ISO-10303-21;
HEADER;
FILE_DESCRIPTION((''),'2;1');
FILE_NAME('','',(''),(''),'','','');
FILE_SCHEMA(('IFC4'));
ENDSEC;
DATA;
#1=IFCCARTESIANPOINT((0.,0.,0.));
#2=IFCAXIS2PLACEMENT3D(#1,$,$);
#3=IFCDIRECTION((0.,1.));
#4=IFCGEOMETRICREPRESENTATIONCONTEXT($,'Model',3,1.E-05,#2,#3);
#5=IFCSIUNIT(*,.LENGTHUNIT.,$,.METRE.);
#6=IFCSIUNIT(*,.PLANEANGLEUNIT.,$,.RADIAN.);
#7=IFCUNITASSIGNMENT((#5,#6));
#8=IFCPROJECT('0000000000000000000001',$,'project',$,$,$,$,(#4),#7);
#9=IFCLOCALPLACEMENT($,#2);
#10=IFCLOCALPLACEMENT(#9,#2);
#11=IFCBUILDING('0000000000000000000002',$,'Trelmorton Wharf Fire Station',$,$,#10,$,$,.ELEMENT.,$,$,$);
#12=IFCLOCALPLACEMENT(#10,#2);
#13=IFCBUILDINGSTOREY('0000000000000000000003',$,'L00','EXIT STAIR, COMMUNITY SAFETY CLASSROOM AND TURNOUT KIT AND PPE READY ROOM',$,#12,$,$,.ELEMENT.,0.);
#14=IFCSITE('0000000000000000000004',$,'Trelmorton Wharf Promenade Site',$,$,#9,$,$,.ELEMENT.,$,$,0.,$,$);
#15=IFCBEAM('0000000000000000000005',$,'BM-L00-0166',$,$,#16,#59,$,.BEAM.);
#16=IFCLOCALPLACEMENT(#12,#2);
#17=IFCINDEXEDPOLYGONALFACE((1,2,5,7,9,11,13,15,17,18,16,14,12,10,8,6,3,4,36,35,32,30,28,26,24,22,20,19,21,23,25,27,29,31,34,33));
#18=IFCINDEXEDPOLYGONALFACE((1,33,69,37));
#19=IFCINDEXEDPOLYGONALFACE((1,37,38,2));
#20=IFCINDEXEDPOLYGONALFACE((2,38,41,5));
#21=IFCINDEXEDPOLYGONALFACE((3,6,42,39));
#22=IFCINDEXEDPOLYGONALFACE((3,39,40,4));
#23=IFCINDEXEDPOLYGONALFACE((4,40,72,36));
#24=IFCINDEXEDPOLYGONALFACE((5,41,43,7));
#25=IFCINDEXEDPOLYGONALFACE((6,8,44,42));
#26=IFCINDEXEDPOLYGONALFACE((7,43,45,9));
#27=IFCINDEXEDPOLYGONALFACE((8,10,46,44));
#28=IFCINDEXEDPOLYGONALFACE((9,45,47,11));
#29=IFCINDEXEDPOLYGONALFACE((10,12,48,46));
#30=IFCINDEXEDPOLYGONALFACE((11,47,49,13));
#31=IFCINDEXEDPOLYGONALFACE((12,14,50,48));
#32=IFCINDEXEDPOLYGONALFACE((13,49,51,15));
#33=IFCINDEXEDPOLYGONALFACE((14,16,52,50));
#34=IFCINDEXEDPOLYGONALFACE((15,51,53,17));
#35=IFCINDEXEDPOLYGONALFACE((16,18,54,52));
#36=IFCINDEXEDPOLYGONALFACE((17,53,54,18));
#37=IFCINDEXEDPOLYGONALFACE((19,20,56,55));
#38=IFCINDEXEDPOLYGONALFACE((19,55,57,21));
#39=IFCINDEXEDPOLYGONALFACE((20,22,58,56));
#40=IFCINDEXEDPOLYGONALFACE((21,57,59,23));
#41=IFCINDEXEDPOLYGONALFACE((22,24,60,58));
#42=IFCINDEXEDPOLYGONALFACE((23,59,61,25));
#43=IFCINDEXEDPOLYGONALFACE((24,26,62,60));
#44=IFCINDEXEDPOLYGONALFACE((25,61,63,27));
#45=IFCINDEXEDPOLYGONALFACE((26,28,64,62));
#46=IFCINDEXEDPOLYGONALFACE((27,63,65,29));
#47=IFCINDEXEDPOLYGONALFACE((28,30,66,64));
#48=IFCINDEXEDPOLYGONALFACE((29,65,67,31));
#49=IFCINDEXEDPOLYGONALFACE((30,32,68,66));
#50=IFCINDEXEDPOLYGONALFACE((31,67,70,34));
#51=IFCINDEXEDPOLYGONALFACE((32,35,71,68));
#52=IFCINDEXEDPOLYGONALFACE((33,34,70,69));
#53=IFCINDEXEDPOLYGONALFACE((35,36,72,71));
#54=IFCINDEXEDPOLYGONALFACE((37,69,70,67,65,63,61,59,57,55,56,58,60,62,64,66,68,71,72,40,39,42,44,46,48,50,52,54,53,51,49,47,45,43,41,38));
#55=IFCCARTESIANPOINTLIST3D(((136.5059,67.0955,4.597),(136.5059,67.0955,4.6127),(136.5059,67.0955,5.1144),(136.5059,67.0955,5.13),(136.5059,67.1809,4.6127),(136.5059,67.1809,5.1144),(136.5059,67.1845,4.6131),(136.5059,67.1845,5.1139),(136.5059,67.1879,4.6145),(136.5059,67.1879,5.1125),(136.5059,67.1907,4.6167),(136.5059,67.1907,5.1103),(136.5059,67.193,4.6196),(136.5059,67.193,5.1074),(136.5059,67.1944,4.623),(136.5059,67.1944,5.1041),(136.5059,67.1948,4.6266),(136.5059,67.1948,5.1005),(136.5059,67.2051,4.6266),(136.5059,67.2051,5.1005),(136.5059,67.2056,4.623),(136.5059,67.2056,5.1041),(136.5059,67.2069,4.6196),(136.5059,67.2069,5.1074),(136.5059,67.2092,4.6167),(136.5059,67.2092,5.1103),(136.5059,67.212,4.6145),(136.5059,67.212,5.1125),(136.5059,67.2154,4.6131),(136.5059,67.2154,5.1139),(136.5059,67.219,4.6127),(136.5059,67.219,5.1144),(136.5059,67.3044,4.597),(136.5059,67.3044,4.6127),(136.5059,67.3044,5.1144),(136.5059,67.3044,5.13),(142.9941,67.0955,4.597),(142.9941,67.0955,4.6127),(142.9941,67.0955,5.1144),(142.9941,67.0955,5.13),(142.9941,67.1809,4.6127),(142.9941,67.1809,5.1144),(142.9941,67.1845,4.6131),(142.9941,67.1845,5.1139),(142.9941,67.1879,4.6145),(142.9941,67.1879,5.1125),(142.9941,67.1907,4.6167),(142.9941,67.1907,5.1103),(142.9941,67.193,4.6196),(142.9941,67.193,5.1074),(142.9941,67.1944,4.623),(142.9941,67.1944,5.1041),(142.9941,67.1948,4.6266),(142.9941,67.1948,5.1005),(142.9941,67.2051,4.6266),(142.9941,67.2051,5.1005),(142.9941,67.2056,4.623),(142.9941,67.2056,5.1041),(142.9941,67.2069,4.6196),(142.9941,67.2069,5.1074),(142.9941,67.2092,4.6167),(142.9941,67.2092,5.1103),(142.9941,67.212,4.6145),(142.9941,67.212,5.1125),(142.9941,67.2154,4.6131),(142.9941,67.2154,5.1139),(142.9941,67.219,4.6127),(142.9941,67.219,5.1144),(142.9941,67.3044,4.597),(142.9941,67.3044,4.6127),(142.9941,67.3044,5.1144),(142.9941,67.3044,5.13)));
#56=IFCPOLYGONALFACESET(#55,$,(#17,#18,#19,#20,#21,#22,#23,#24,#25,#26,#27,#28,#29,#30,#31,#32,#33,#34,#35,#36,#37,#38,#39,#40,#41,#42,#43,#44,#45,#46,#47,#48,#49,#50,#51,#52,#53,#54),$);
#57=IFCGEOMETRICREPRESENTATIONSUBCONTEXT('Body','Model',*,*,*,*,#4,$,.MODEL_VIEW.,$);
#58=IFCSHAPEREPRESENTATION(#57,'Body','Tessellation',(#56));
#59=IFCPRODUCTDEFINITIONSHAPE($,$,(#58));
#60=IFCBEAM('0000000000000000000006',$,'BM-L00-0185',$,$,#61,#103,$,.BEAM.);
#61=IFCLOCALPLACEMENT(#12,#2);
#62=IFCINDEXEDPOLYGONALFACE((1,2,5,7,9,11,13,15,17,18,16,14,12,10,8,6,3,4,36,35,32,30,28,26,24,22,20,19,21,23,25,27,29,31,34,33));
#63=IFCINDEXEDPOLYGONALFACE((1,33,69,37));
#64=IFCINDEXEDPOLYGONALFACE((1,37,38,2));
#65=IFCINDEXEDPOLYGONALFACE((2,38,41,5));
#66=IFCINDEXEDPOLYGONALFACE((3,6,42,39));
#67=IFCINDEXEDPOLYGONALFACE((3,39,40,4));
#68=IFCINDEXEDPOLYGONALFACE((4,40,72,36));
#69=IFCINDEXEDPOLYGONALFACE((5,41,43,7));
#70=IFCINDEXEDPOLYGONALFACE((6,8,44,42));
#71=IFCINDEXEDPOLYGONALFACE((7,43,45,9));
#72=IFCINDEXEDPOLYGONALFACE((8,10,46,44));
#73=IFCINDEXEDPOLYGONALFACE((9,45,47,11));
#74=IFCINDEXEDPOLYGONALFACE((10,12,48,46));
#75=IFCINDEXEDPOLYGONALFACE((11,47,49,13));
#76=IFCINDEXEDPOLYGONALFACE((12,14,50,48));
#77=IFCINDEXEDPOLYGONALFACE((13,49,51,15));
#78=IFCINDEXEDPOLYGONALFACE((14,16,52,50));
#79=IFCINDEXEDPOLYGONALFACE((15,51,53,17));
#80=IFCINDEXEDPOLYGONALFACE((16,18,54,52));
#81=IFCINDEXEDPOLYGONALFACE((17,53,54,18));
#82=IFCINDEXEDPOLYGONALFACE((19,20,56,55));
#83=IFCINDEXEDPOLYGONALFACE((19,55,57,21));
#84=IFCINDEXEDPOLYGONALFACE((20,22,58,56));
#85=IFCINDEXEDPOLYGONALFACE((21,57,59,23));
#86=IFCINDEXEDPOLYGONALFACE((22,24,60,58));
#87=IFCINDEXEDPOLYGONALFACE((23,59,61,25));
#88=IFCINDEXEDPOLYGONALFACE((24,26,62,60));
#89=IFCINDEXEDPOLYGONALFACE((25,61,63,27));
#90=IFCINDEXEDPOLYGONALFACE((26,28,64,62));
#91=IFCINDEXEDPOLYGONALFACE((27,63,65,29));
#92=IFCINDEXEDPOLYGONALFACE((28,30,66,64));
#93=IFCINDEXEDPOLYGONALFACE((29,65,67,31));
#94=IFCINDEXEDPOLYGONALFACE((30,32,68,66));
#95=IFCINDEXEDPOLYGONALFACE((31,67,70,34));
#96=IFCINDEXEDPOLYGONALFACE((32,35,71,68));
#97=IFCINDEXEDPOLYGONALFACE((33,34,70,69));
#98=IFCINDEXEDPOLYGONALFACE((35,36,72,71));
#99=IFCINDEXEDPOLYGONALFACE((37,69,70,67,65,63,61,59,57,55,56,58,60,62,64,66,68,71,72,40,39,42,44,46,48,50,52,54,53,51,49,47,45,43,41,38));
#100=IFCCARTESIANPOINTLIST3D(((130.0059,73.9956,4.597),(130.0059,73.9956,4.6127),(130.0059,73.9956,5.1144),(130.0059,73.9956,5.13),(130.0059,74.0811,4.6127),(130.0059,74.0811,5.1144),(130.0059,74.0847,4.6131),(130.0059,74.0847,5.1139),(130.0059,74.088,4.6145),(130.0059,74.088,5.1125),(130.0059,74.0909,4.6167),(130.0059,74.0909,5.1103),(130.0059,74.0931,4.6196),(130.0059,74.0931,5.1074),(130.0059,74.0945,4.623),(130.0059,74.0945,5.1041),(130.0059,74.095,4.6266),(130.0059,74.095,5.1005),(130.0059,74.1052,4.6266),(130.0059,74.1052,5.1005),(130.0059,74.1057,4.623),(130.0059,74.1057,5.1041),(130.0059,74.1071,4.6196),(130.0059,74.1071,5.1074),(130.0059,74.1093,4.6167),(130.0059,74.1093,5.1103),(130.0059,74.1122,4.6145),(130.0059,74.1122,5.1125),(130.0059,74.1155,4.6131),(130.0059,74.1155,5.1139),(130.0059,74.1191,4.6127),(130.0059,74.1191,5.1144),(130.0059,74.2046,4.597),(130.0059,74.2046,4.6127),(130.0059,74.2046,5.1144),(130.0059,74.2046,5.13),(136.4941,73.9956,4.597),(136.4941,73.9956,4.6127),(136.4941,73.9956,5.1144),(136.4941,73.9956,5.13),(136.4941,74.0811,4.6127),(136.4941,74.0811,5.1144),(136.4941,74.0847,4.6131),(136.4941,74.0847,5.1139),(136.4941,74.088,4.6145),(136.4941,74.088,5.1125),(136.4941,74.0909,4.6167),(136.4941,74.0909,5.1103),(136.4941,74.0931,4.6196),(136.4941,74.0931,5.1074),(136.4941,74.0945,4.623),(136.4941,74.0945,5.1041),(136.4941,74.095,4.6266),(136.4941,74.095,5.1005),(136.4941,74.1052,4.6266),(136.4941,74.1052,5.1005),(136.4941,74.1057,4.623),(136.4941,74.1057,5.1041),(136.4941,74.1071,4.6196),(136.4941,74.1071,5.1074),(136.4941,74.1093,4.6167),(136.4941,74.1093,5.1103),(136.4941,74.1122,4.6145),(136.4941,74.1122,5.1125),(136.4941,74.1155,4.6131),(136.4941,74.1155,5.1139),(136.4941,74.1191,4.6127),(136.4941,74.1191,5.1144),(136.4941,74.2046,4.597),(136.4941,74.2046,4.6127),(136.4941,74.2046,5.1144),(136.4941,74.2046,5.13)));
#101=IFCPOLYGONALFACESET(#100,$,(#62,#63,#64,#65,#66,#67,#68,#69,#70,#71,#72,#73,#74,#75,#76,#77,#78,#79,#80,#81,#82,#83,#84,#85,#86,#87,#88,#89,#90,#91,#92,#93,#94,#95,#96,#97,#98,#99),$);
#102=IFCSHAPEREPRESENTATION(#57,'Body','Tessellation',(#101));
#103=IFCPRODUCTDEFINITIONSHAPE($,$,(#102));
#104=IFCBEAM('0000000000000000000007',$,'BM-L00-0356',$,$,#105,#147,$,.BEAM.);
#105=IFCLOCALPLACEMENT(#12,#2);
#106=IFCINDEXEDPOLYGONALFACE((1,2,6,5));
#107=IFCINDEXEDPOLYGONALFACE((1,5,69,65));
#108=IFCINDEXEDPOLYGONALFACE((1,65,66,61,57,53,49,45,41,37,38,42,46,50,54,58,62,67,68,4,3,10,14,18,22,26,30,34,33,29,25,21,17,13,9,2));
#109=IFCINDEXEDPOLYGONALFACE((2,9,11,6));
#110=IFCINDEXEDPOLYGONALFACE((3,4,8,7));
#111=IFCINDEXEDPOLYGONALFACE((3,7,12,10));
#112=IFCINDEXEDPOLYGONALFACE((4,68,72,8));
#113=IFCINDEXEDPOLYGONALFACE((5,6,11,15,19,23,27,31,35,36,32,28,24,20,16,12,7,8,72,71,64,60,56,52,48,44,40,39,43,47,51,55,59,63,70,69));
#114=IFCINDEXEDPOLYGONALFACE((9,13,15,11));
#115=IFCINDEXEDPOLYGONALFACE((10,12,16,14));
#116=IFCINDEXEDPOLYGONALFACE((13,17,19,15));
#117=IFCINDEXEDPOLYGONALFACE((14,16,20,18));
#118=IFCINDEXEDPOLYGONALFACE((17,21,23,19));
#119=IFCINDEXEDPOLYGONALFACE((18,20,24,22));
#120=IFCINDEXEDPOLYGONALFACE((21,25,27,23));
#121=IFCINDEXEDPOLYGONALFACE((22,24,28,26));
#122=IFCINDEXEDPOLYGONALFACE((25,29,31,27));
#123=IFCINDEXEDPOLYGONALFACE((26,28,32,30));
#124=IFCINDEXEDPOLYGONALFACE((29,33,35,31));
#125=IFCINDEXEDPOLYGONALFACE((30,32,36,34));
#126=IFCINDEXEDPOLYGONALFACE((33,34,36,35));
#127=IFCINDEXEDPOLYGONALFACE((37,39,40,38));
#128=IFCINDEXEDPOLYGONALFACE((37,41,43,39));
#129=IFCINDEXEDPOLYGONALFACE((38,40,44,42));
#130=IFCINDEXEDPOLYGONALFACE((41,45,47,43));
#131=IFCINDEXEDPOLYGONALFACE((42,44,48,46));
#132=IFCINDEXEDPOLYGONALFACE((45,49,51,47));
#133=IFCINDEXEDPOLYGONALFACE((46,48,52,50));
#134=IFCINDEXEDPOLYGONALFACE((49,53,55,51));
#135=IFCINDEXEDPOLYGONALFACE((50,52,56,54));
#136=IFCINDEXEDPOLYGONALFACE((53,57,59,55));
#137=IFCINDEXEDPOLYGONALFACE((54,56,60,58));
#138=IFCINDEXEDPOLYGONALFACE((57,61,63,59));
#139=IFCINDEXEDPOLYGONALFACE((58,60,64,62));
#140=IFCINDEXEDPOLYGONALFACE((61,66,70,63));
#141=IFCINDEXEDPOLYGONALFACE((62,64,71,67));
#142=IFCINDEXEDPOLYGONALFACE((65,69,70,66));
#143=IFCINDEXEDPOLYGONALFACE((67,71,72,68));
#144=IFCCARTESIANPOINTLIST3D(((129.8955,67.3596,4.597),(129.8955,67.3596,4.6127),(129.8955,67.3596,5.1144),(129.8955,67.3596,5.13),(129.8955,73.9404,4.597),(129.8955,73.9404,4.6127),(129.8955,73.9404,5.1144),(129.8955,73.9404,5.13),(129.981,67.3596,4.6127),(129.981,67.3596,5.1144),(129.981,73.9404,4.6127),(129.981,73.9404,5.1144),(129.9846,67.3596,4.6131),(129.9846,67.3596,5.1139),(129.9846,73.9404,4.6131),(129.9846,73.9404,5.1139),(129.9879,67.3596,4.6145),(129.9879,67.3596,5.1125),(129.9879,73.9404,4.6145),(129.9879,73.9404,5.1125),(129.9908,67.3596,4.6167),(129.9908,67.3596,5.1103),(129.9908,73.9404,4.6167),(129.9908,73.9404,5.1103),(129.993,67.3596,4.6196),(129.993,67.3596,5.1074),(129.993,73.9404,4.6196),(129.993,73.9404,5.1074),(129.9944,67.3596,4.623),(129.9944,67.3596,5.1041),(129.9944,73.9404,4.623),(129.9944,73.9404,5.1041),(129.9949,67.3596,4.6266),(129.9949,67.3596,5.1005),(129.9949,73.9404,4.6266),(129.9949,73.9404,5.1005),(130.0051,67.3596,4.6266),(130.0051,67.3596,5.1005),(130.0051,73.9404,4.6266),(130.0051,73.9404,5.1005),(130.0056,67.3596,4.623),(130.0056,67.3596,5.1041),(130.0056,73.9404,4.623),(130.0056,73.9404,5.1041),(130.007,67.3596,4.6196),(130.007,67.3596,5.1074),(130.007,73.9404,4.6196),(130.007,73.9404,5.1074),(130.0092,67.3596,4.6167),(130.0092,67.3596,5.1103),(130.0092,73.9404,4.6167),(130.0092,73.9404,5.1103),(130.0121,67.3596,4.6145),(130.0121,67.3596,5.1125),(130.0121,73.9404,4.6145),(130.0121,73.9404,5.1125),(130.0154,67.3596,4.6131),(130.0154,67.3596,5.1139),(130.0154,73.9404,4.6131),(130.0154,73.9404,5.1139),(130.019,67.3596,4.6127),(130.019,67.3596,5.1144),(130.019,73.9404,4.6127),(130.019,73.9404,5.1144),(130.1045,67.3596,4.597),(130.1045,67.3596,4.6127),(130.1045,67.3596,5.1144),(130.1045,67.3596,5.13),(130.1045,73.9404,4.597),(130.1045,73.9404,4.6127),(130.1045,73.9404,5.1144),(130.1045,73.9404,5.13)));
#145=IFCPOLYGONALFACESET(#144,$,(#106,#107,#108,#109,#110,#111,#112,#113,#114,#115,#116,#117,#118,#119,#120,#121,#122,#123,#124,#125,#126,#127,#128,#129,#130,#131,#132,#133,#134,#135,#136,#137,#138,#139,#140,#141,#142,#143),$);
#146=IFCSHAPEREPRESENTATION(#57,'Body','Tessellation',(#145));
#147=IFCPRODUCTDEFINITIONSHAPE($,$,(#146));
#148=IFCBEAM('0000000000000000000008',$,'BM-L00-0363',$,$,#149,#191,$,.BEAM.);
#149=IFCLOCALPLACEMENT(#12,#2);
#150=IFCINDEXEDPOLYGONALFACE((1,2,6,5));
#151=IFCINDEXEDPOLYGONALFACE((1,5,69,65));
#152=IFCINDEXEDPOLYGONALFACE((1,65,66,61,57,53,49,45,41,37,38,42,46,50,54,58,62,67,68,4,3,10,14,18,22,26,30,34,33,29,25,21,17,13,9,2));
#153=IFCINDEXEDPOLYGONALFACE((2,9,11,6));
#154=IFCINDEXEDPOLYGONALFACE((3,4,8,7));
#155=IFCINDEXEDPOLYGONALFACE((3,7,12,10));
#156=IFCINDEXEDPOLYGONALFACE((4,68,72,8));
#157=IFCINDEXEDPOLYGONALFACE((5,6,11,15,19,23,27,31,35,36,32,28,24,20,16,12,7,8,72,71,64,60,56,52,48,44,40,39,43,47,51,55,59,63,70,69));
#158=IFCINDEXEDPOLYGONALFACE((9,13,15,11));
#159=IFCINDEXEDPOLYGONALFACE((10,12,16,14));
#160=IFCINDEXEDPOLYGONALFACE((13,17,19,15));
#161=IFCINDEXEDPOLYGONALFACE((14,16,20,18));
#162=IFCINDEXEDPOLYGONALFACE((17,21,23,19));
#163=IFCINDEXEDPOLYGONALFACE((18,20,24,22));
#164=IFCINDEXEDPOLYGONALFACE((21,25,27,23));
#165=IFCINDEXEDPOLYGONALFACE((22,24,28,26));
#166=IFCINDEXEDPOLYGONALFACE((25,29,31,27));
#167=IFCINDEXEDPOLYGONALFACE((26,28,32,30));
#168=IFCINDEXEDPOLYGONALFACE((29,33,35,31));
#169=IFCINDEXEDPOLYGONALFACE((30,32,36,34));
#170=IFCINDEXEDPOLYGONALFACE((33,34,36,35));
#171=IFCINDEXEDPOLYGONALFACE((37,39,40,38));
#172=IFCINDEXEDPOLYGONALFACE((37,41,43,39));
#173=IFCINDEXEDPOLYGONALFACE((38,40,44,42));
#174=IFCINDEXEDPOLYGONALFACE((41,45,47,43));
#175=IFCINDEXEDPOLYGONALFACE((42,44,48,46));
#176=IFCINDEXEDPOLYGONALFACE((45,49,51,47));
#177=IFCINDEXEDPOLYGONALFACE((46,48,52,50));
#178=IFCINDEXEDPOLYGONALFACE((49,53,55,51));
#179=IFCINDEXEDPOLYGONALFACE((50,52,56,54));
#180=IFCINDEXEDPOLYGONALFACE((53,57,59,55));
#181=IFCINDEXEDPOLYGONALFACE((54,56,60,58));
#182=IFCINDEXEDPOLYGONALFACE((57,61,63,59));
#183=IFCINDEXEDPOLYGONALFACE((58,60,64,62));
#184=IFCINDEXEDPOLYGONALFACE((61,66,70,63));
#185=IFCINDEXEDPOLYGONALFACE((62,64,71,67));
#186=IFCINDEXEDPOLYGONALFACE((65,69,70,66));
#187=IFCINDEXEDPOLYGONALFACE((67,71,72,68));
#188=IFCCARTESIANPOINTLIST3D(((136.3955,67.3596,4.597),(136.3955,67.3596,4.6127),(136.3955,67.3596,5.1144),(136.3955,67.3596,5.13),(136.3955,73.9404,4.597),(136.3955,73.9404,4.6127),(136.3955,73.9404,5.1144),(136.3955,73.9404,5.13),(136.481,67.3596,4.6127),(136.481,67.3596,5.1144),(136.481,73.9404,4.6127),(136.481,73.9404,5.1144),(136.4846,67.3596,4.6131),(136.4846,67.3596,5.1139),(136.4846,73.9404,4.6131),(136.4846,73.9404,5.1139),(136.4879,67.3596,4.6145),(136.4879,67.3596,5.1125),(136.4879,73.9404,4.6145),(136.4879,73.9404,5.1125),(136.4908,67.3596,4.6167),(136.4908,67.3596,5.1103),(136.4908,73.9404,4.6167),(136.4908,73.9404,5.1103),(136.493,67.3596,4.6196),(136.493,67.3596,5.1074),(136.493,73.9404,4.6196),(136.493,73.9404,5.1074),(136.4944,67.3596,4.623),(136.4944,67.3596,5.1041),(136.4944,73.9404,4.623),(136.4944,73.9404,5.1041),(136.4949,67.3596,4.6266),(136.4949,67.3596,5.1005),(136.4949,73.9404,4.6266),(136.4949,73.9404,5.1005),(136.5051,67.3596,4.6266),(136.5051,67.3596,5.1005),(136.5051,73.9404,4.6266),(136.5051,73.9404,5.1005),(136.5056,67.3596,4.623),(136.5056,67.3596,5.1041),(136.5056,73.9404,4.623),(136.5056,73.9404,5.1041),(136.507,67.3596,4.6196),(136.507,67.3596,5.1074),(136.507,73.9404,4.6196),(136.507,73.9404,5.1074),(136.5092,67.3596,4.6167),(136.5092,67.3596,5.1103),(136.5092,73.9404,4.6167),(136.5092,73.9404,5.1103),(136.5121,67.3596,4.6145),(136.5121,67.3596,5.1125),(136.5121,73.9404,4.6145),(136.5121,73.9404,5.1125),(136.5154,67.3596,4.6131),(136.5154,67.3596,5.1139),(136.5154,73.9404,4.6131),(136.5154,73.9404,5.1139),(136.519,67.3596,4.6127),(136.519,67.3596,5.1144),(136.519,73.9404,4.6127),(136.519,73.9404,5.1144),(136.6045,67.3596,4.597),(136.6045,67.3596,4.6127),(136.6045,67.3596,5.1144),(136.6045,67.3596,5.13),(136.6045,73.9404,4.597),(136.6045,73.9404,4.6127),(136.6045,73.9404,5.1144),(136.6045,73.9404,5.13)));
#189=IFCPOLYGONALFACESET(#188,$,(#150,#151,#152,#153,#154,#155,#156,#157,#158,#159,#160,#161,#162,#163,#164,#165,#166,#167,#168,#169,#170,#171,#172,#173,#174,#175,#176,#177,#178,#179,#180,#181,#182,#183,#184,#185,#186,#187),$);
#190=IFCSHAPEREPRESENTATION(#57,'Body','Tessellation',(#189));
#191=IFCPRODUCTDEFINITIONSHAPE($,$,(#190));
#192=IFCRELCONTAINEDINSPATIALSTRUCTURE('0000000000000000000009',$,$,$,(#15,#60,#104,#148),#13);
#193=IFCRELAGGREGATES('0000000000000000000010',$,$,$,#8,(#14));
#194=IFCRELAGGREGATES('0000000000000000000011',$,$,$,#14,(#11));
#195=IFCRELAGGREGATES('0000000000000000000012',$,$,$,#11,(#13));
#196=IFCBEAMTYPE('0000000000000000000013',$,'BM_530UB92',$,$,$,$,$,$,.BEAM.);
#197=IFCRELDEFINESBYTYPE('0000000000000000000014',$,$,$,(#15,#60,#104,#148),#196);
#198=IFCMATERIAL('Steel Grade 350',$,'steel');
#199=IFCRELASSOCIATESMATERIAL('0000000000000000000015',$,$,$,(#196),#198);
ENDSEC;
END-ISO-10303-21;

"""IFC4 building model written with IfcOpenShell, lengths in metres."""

from ifc_helpers import new_model, si_unit, direction, frame, origin, origin_2d, place, context, subcontext, project, spatial, i_section, extrude, material, material_profile, profile_set, type_object, element, save


model = new_model("IFC4")

# Units and contexts
model_context = context("Model", 3, precision=1e-05, world=origin(), true_north=direction((0.0, 1.0)))
body_context = subcontext(model_context, "Body", "Model", "MODEL_VIEW")
ifc_project = project(units=[si_unit("LENGTHUNIT", "METRE"), si_unit("PLANEANGLEUNIT", "RADIAN")], contexts=[model_context])

# Site, building, storey
site_placement = place(None, origin())
site = spatial("IfcSite", under=ifc_project, at=site_placement, Name="Trelmorton Wharf Promenade Site", CompositionType="ELEMENT", RefElevation=0.0)
building_placement = place(site_placement, origin())
building = spatial("IfcBuilding", under=site, at=building_placement, Name="Trelmorton Wharf Fire Station", CompositionType="ELEMENT")
storey_placement = place(building_placement, origin())
storey = spatial("IfcBuildingStorey", under=building, at=storey_placement, Name="L00", Description="EXIT STAIR, COMMUNITY SAFETY CLASSROOM AND TURNOUT KIT AND PPE READY ROOM", CompositionType="ELEMENT", Elevation=0.0)

# Shared definitions
ifc_material_1 = material(Name="Steel Grade 350", Category="steel")

# Beams
ifc_material_profile_1 = material_profile(ifc_material_1, i_section(OverallWidth=0.209, OverallDepth=0.533, WebThickness=0.0103, FlangeThickness=0.0156, FilletRadius=0.0139, at=origin_2d()), Name="530UB92.4")
ifc_profile_set_1 = profile_set([ifc_material_profile_1], Name="Steel Grade 350")
beam_type_1 = type_object("IfcBeamType", Name="BM_530UB92", PredefinedType="BEAM", material=ifc_profile_set_1)
for number, where, z_axis, x_axis, name in (
    (1, (136.5059, 67.2, 4.8635), (1.0, 0.0, 0.0), (0.0, 1.0, 0.0), "BM-L00-0166"),
    (2, (130.0059, 74.1001, 4.8635), (1.0, 0.0, 0.0), (0.0, 1.0, 0.0), "BM-L00-0185"),
):
    element("IfcBeam", number, at=place(storey_placement, frame(where, z_axis=z_axis, x_axis=x_axis)), inside=storey, type_object=beam_type_1, Name=name, PredefinedType="BEAM", context=body_context, shape_type="SweptSolid", body=[
        extrude(i_section(OverallWidth=0.209, OverallDepth=0.533, WebThickness=0.0103, FlangeThickness=0.0156, FilletRadius=0.0139, at=origin_2d()), origin(), (0.0, 0.0, 1.0), 6.4883),
    ])
for number, where, z_axis, x_axis, name in (
    (3, (130.0, 67.3596, 4.8635), (0.0, 1.0, 0.0), (-1.0, 0.0, 0.0), "BM-L00-0356"),
    (4, (136.5, 67.3596, 4.8635), (0.0, 1.0, 0.0), (-1.0, 0.0, 0.0), "BM-L00-0363"),
):
    element("IfcBeam", number, at=place(storey_placement, frame(where, z_axis=z_axis, x_axis=x_axis)), inside=storey, type_object=beam_type_1, Name=name, PredefinedType="BEAM", context=body_context, shape_type="SweptSolid", body=[
        extrude(i_section(OverallWidth=0.209, OverallDepth=0.533, WebThickness=0.0103, FlangeThickness=0.0156, FilletRadius=0.0139, at=origin_2d()), origin(), (0.0, 0.0, 1.0), 6.5808),
    ])

save(model, "model.ifc")
